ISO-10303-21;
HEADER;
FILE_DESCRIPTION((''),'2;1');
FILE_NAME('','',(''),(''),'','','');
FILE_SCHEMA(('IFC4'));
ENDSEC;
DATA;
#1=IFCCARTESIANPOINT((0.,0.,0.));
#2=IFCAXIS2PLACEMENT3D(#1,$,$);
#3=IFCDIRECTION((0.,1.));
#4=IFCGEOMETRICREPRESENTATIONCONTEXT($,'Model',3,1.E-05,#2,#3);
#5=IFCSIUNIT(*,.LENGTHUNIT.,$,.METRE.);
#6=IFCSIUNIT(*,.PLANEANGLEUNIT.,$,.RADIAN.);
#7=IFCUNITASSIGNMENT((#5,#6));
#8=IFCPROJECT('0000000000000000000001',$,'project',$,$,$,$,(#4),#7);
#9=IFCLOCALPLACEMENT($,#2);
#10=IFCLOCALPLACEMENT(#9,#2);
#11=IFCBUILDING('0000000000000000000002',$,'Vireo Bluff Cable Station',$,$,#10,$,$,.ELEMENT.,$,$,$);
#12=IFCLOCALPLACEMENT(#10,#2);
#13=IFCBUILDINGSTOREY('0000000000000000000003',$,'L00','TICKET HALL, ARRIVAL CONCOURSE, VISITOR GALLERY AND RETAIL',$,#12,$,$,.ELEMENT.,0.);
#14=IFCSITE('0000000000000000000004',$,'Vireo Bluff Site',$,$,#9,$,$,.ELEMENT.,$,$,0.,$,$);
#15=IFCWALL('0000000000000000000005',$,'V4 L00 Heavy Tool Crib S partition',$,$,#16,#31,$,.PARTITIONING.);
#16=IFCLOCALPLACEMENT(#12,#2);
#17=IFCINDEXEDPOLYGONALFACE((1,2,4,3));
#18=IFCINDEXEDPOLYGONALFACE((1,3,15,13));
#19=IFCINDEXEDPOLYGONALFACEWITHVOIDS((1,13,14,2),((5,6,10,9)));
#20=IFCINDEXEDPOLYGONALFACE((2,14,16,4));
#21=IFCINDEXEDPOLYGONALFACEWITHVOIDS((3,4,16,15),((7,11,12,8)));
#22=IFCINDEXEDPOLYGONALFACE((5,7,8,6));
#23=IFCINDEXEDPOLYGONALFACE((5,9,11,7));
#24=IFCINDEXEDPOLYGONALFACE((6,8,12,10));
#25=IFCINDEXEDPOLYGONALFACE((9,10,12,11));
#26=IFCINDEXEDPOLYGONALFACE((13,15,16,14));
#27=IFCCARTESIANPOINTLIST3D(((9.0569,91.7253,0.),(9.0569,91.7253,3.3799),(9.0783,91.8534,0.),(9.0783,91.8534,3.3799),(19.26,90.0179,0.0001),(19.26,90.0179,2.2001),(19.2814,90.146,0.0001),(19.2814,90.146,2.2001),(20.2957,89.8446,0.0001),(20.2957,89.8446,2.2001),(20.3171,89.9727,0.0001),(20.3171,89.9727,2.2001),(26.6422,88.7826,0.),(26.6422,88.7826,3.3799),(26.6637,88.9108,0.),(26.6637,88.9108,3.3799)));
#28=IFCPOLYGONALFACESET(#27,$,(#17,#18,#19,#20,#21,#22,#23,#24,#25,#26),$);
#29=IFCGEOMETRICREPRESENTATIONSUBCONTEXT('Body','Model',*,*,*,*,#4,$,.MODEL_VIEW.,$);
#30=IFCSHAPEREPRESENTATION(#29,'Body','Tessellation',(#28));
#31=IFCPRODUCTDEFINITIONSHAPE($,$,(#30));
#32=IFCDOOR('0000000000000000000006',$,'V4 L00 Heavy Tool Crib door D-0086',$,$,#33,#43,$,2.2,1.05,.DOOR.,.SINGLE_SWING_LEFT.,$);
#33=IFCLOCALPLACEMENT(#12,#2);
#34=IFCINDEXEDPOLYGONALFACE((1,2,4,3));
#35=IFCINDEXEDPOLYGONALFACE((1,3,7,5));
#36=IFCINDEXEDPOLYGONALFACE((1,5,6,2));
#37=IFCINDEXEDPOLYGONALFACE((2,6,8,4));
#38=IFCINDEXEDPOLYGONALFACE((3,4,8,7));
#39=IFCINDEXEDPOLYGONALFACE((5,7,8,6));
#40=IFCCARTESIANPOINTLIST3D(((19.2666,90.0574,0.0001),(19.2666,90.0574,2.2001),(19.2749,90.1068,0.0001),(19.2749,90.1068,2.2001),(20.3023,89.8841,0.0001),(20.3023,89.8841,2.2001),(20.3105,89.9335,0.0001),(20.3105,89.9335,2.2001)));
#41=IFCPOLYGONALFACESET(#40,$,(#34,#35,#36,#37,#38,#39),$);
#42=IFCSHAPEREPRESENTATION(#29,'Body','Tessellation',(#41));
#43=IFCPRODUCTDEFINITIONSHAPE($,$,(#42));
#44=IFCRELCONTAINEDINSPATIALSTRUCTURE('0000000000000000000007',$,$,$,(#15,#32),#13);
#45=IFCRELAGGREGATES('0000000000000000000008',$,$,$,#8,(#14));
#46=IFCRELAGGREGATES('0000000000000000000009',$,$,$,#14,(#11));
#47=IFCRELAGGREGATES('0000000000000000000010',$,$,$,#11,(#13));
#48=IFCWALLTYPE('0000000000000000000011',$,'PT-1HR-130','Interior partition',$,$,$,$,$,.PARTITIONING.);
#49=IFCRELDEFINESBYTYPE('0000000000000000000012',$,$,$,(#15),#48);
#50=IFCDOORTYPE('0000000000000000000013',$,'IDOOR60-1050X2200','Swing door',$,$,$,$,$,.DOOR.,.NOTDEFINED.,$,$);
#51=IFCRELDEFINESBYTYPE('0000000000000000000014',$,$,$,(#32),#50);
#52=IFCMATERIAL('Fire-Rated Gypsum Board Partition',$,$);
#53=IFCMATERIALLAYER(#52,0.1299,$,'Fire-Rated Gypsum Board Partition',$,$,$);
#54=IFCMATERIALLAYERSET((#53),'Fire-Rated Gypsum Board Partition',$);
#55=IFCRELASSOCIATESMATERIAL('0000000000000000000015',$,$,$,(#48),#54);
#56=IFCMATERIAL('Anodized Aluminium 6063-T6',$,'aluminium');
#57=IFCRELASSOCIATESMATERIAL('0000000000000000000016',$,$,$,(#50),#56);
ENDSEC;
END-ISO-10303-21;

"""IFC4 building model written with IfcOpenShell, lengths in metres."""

from ifc_helpers import new_model, si_unit, direction, frame, frame_2d, origin, origin_with_axes, place, context, subcontext, project, spatial, rectangle, extrude, material, layer, layer_set, type_object, element, fill, save


model = new_model("IFC4")

# Units and contexts
model_context = context("Model", 3, precision=1e-05, world=origin(), true_north=direction((0.0, 1.0)))
body_context = subcontext(model_context, "Body", "Model", "MODEL_VIEW")
ifc_project = project(units=[si_unit("LENGTHUNIT", "METRE"), si_unit("PLANEANGLEUNIT", "RADIAN")], contexts=[model_context])

# Site, building, storey
site_placement = place(None, origin())
site = spatial("IfcSite", under=ifc_project, at=site_placement, Name="Vireo Bluff Site", CompositionType="ELEMENT", RefElevation=0.0)
building_placement = place(site_placement, origin())
building = spatial("IfcBuilding", under=site, at=building_placement, Name="Vireo Bluff Cable Station", CompositionType="ELEMENT")
storey_placement = place(building_placement, origin())
storey = spatial("IfcBuildingStorey", under=building, at=storey_placement, Name="L00", Description="TICKET HALL, ARRIVAL CONCOURSE, VISITOR GALLERY AND RETAIL", CompositionType="ELEMENT", Elevation=0.0)

# Wall, opening, door
ifc_material_1 = material(Name="Fire-Rated Gypsum Board Partition")
ifc_material_2 = material(Name="Anodized Aluminium 6063-T6", Category="aluminium")
ifc_layer_1 = layer(ifc_material_1, 0.1299, Name="Fire-Rated Gypsum Board Partition")
ifc_layer_set_1 = layer_set([ifc_layer_1], Name="Fire-Rated Gypsum Board Partition")
wall_type_1 = type_object("IfcWallType", Name="PT-1HR-130", Description="Interior partition", PredefinedType="PARTITIONING", material=ifc_layer_set_1)
wall_1_placement = place(storey_placement, frame((26.6531, 88.8467, 0.0), z_axis=(0.0, 0.0, 1.0), x_axis=(-0.986287, 0.165038, 0.0)))
wall_1 = element("IfcWall", 1, at=wall_1_placement, inside=storey, type_object=wall_type_1, Name="V4 L00 Heavy Tool Crib S partition", PredefinedType="PARTITIONING", context=body_context, shape_type="SweptSolid", body=[
    extrude(rectangle(XDim=17.8298, YDim=0.1299, at=frame_2d((8.915, 0.0))), origin(), (0.0, 0.0, 1.0), 3.3799),
])
opening_1_placement = place(wall_1_placement, frame((6.4351, 0.0, 0.0)))
opening_1 = element("IfcOpeningElement", 2, at=opening_1_placement, cuts=wall_1, PredefinedType="OPENING", context=body_context, shape_type="SweptSolid", body=[
    extrude(rectangle(XDim=1.05, YDim=2.2, at=frame_2d((0.5249, 1.1001))), frame((0.0, 0.075, 0.0), z_axis=(0.0, -1.0, 0.0), x_axis=(1.0, 0.0, 0.0)), (0.0, 0.0, 1.0), 0.1499),
])
door_type_1 = type_object("IfcDoorType", Name="IDOOR60-1050X2200", Description="Swing door", OperationType="NOTDEFINED", PredefinedType="DOOR", material=ifc_material_2)
door_1_placement = place(opening_1_placement, origin_with_axes())
door_1 = element("IfcDoor", 3, at=door_1_placement, inside=storey, type_object=door_type_1, Name="V4 L00 Heavy Tool Crib door D-0086", OperationType="SINGLE_SWING_LEFT", OverallHeight=2.2, OverallWidth=1.05, PredefinedType="DOOR", context=body_context, shape_type="SweptSolid", body=[
    extrude(rectangle(XDim=1.05, YDim=2.2, at=frame_2d((0.5249, 1.1001))), frame((0.0, 0.0249, 0.0), z_axis=(0.0, -1.0, 0.0), x_axis=(1.0, 0.0, 0.0)), (0.0, 0.0, 1.0), 0.05),
])
fill(opening_1, door_1)

save(model, "model.ifc")
